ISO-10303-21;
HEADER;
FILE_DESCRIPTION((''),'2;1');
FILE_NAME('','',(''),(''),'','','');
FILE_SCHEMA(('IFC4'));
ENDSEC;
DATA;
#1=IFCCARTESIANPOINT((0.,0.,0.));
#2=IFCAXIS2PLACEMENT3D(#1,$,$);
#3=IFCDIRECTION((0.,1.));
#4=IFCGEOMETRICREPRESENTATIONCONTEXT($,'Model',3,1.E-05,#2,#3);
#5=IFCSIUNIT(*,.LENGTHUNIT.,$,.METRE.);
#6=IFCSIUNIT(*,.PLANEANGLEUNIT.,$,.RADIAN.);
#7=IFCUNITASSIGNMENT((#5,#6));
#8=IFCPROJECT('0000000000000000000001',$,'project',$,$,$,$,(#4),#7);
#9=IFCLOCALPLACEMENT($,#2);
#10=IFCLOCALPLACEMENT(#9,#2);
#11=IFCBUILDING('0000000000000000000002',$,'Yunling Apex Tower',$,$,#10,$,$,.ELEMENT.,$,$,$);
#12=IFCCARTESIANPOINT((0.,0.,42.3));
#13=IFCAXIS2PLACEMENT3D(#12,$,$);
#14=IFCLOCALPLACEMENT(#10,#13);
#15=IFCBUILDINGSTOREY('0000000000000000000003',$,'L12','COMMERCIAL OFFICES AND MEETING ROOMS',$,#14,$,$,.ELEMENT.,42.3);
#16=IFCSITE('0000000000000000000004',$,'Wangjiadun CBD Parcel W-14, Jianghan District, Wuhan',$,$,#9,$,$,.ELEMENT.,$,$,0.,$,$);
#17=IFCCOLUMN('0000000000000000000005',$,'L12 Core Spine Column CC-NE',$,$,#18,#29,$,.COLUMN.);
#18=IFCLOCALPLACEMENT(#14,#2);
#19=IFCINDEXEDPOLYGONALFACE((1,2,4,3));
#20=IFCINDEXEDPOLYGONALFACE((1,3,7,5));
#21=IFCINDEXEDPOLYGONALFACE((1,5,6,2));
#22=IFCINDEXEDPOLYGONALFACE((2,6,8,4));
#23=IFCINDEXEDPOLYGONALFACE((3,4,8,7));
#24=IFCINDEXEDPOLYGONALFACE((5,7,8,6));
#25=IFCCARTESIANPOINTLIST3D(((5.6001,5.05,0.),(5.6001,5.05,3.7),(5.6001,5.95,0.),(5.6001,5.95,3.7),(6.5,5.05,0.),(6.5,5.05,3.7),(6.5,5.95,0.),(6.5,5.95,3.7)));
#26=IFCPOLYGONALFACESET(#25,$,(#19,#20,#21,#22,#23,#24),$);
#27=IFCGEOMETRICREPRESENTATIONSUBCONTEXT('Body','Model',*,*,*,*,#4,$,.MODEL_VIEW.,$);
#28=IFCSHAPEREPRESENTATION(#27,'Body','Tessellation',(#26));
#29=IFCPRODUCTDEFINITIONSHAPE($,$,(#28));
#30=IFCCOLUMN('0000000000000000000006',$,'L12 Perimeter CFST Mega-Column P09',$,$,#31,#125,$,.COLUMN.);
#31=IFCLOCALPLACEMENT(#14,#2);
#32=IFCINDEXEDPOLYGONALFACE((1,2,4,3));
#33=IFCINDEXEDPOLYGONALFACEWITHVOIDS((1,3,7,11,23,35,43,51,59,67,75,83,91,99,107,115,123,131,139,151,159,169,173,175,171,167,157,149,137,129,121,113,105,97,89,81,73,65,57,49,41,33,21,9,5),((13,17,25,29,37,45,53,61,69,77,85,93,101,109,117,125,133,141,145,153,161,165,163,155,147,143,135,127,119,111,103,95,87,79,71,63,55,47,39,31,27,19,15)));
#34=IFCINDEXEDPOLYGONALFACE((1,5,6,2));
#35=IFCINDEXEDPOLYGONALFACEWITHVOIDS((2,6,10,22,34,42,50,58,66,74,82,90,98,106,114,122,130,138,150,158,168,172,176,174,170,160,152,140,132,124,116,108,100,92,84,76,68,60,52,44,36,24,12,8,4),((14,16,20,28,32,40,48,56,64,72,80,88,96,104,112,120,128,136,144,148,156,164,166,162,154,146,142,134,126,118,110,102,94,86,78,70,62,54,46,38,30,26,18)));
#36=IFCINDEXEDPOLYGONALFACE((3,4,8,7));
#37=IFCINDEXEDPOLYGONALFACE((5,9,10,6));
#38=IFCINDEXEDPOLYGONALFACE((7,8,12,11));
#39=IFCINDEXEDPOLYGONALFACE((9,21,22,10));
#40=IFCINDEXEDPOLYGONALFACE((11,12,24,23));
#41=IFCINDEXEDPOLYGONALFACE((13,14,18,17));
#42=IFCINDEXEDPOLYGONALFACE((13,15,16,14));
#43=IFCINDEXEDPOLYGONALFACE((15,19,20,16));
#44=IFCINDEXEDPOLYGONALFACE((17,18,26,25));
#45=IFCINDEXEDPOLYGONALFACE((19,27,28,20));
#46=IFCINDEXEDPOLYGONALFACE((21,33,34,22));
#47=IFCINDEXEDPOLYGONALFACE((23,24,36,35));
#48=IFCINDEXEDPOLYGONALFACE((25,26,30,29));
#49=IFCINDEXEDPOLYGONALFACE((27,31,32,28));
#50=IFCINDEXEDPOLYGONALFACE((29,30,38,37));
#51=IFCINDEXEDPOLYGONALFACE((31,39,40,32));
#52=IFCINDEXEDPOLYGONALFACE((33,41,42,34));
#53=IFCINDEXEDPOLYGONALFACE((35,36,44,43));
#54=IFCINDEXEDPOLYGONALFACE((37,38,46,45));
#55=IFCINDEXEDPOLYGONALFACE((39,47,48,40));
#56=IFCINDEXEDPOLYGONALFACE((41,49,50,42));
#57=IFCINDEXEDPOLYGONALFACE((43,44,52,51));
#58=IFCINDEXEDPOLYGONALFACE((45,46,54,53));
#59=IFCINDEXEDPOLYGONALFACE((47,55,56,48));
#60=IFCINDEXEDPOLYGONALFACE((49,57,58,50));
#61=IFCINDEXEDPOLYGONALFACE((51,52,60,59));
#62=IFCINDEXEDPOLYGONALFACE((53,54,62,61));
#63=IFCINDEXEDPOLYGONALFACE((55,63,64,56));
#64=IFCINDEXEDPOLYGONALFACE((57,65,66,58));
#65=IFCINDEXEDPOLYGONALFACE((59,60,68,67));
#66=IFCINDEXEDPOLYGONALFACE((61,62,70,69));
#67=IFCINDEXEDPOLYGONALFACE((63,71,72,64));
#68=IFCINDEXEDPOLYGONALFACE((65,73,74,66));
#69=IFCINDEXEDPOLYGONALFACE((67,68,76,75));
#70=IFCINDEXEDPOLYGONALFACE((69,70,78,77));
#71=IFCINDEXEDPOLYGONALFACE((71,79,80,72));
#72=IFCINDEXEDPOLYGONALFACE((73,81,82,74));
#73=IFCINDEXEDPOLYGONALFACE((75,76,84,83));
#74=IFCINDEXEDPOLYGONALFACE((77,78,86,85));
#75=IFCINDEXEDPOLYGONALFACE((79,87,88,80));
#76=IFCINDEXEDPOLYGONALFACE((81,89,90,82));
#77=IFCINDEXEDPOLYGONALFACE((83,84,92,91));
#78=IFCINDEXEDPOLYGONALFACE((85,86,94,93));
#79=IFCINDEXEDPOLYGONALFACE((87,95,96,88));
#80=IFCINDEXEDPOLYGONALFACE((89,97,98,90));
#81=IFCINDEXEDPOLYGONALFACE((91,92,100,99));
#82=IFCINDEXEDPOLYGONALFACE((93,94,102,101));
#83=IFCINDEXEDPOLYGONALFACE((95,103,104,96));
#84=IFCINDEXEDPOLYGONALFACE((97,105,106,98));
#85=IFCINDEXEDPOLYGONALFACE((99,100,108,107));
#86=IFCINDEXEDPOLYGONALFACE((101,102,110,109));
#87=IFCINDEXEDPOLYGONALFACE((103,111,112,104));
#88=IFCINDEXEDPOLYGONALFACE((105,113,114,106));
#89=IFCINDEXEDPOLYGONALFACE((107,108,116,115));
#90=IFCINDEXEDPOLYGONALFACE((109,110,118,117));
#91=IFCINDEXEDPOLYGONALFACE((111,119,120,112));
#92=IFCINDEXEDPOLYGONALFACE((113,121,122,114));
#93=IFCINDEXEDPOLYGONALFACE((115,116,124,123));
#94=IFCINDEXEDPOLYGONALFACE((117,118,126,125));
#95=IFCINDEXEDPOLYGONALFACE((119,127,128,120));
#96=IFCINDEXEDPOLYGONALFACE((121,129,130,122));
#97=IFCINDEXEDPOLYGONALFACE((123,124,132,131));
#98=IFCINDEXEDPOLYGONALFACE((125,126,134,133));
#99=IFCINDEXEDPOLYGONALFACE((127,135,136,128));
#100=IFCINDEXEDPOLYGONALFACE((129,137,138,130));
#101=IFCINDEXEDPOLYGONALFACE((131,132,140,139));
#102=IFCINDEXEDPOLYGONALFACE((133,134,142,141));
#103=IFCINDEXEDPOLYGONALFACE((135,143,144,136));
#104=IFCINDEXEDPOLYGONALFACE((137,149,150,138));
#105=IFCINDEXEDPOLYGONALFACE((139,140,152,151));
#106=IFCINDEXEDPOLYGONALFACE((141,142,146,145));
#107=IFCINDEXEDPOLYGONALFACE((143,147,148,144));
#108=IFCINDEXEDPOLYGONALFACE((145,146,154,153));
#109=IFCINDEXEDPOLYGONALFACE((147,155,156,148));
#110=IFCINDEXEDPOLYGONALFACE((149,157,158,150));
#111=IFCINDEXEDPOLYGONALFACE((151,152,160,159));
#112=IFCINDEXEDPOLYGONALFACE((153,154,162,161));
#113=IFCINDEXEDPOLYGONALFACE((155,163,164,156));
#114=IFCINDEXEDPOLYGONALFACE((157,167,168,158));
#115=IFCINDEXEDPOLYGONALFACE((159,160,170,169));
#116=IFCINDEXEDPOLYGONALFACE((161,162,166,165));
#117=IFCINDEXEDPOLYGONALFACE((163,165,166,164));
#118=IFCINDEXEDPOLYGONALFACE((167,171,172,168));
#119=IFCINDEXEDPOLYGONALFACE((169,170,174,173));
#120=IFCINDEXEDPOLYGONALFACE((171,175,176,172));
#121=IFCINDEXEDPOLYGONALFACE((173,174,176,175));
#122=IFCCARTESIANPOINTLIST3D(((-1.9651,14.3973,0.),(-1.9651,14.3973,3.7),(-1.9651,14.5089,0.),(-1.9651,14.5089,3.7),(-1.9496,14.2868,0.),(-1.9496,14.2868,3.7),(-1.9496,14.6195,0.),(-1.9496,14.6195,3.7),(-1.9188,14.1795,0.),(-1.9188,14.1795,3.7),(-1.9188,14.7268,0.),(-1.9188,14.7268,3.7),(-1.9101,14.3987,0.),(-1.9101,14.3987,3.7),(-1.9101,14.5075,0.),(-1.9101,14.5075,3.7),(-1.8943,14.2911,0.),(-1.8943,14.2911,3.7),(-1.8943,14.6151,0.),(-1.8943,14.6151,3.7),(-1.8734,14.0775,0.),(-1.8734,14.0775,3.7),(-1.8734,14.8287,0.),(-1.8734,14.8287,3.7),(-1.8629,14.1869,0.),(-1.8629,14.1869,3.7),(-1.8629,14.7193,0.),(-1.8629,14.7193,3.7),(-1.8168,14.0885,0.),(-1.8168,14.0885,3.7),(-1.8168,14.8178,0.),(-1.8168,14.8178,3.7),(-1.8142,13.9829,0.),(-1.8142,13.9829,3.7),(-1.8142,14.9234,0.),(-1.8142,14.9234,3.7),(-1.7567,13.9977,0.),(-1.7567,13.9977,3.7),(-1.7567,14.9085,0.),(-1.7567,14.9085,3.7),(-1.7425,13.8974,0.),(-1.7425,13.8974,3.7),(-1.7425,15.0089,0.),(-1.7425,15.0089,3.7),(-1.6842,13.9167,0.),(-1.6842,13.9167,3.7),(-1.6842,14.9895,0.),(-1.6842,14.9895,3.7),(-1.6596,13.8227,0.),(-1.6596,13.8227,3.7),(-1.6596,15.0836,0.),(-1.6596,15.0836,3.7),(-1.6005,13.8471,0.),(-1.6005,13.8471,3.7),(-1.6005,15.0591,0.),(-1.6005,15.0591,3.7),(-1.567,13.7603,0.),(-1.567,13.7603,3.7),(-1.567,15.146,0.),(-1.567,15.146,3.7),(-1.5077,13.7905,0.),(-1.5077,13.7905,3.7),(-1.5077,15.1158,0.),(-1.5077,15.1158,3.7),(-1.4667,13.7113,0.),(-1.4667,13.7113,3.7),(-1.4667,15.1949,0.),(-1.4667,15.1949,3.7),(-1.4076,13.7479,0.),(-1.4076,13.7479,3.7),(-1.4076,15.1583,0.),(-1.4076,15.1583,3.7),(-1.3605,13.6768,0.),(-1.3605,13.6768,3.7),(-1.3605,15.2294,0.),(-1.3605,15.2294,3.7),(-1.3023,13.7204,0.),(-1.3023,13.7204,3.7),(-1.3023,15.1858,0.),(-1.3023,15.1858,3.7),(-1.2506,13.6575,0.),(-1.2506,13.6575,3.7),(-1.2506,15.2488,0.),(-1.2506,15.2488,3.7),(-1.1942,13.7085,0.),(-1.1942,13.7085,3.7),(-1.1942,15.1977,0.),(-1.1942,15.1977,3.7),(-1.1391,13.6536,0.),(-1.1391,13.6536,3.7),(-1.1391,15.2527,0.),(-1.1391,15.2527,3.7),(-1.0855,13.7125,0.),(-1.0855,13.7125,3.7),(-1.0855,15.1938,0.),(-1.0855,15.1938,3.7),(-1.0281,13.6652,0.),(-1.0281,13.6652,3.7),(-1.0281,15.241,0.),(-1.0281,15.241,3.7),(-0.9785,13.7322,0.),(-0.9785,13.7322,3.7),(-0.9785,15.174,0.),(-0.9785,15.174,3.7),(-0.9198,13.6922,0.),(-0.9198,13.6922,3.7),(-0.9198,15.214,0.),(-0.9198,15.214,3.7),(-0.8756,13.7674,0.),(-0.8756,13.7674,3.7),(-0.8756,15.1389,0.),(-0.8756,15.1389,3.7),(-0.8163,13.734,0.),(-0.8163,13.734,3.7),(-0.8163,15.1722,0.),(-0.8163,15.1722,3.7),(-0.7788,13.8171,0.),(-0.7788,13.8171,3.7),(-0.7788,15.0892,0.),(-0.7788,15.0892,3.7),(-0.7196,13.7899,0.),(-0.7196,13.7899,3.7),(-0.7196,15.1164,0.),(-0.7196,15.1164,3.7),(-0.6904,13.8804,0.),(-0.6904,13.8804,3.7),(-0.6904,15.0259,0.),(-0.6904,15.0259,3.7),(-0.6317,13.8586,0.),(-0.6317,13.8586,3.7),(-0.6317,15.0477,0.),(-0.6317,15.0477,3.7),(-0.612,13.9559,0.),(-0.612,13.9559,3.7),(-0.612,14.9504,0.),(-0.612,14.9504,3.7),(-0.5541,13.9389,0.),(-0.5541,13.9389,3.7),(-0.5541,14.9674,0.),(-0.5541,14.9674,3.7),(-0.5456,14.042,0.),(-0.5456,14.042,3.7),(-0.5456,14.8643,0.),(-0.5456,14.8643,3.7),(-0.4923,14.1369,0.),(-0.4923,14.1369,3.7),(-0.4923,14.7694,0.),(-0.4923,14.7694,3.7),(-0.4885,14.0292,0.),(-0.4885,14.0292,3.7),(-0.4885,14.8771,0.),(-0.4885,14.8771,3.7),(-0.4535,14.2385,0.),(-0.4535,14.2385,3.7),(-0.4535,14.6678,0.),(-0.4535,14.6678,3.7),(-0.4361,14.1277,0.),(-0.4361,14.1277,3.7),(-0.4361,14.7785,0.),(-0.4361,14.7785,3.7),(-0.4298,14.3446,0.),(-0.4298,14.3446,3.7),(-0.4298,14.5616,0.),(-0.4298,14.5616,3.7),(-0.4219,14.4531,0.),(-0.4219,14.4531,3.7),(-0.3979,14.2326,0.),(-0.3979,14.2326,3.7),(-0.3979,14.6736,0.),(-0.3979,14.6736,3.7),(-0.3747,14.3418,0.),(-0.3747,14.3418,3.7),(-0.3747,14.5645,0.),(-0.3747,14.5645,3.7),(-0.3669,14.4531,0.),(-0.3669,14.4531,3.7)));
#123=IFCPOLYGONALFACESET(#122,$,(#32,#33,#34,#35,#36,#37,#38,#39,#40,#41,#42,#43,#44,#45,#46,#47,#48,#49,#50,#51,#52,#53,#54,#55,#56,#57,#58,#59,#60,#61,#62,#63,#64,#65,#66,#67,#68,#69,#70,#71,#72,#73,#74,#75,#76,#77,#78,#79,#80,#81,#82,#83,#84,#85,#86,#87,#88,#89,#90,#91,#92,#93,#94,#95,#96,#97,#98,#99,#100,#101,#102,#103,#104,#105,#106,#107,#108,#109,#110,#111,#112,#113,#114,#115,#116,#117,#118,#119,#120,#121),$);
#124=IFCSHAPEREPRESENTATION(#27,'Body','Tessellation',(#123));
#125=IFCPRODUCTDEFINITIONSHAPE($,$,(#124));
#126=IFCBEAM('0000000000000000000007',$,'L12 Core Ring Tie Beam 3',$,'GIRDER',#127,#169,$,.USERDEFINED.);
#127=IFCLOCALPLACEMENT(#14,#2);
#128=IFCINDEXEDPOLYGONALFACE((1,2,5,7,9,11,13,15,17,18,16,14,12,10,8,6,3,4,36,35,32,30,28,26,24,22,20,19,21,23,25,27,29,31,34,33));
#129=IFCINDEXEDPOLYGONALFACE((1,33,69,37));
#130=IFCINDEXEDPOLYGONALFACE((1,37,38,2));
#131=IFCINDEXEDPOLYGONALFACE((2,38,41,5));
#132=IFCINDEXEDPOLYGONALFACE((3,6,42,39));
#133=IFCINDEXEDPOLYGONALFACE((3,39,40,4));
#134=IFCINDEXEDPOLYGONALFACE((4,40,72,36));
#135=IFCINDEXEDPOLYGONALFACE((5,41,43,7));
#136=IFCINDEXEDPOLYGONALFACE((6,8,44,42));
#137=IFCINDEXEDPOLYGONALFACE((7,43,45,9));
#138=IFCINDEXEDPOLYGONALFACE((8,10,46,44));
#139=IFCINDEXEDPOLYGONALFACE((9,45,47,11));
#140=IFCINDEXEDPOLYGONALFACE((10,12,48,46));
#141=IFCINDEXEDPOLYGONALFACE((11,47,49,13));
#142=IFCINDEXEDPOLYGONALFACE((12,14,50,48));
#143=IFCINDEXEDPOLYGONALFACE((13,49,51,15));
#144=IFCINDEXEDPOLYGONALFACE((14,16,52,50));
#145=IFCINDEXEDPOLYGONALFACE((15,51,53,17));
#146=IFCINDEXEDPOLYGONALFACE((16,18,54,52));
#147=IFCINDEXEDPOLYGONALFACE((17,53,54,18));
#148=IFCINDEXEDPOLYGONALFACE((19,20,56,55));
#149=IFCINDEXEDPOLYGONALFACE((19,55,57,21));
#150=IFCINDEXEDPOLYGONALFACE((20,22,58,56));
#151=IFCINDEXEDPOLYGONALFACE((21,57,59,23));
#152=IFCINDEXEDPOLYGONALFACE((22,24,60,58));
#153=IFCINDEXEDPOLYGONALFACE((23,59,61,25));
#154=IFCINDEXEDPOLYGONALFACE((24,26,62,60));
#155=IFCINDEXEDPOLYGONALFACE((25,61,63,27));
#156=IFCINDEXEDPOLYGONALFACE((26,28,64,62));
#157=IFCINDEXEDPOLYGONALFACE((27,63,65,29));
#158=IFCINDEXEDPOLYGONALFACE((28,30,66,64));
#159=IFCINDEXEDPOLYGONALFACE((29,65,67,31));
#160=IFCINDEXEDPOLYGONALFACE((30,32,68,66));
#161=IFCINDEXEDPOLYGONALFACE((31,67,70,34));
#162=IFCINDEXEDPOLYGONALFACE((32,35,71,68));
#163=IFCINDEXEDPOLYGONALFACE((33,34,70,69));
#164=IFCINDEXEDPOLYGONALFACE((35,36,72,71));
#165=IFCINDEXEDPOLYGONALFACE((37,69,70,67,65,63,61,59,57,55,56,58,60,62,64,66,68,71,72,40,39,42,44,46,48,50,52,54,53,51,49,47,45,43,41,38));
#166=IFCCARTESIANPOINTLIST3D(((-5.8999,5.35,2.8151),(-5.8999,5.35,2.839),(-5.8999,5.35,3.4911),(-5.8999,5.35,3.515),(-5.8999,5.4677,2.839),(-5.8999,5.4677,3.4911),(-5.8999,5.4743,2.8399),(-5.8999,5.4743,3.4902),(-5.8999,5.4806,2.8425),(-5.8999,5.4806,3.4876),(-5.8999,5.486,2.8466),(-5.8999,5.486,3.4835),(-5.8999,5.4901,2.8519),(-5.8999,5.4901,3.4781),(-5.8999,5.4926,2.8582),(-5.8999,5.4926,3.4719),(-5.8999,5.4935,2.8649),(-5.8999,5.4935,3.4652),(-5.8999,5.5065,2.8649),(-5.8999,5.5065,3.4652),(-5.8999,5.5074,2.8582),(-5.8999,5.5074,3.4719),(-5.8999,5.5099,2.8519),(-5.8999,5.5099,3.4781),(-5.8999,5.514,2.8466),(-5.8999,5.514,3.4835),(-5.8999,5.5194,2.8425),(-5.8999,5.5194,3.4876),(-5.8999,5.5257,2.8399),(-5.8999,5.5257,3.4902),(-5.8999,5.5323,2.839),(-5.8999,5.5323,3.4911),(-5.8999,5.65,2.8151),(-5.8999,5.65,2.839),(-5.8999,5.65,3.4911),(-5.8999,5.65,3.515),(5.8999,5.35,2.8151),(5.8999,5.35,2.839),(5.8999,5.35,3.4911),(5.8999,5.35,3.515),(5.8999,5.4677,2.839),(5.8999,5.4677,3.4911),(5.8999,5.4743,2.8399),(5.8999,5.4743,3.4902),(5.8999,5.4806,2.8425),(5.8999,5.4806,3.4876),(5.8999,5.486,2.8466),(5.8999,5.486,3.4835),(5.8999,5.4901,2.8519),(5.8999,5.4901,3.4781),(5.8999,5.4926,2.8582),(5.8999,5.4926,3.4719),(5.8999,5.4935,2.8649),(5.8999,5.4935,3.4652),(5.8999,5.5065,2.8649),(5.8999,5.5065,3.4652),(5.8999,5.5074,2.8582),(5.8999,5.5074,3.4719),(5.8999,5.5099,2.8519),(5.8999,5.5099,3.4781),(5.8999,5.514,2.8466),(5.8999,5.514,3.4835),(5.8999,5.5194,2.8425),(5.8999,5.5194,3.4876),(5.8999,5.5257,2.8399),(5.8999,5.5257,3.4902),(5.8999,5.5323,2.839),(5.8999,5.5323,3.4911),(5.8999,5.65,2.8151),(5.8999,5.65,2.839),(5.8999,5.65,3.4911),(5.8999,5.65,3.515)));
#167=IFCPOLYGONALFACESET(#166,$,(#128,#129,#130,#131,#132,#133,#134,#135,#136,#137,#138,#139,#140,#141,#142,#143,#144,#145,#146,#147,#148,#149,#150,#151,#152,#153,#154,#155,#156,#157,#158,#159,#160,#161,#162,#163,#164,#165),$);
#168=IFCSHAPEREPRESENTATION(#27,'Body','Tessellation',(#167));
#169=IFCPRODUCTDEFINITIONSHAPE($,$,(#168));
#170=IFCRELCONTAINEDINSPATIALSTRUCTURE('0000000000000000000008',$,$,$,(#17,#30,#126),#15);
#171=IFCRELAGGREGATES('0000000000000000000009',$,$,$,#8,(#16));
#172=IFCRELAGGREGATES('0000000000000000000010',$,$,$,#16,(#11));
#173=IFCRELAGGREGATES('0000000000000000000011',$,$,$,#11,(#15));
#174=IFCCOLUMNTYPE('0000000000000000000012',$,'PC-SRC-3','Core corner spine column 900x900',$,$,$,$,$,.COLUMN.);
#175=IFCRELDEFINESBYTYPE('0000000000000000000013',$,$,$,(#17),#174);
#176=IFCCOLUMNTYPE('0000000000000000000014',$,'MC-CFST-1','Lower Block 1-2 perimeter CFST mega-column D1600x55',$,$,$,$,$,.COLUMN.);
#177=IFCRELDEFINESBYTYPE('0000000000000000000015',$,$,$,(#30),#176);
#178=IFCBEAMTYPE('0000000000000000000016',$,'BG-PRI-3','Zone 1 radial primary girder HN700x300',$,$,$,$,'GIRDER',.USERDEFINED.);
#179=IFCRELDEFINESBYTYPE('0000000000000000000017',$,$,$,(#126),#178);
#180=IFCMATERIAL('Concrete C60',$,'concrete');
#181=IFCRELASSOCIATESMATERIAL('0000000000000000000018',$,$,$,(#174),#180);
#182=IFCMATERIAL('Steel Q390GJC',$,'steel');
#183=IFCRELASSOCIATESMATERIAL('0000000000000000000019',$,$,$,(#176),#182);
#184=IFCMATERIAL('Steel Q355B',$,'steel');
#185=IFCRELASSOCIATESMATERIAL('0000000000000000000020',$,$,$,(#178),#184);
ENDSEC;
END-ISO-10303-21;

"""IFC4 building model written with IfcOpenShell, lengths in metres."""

from ifc_helpers import new_model, si_unit, direction, frame, origin, origin_2d, place, context, subcontext, project, spatial, rectangle, hollow_circle, i_section, extrude, source, transform, mapped, material, material_profile, profile_set, type_object, element, save


model = new_model("IFC4")

# Units and contexts
model_context = context("Model", 3, precision=1e-05, world=origin(), true_north=direction((0.0, 1.0)))
body_context = subcontext(model_context, "Body", "Model", "MODEL_VIEW")
ifc_project = project(units=[si_unit("LENGTHUNIT", "METRE"), si_unit("PLANEANGLEUNIT", "RADIAN")], contexts=[model_context])

# Site, building, storey
site_placement = place(None, origin())
site = spatial("IfcSite", under=ifc_project, at=site_placement, Name="Wangjiadun CBD Parcel W-14, Jianghan District, Wuhan", CompositionType="ELEMENT", RefElevation=0.0)
building_placement = place(site_placement, origin())
building = spatial("IfcBuilding", under=site, at=building_placement, Name="Yunling Apex Tower", CompositionType="ELEMENT")
storey_placement = place(building_placement, frame((0.0, 0.0, 42.3)))
storey = spatial("IfcBuildingStorey", under=building, at=storey_placement, Name="L12", Description="COMMERCIAL OFFICES AND MEETING ROOMS", CompositionType="ELEMENT", Elevation=42.3)

# Columns
ifc_material_1 = material(Name="Concrete C60", Category="concrete")
ifc_material_profile_1 = material_profile(ifc_material_1, rectangle(XDim=0.8999, YDim=0.8999, at=origin_2d()))
ifc_profile_set_1 = profile_set([ifc_material_profile_1], Name="Concrete C60")
column_type_1 = type_object("IfcColumnType", Name="PC-SRC-3", Description="Core corner spine column 900x900", PredefinedType="COLUMN", material=ifc_profile_set_1)
shared_shape_1 = source(origin(), body_context, "Body", "SweptSolid", [
    extrude(rectangle(XDim=0.8999, YDim=0.8999, at=origin_2d()), origin(), (0.0, 0.0, 1.0), 3.7),
])
column_1_placement = place(storey_placement, frame((6.05, 5.5, 0.0), z_axis=(0.0, 0.0, 1.0), x_axis=(1.0, 0.0, 0.0)))
element("IfcColumn", 1, at=column_1_placement, inside=storey, type_object=column_type_1, Name="L12 Core Spine Column CC-NE", PredefinedType="COLUMN", context=body_context, shape_type="MappedRepresentation", body=[
    mapped(shared_shape_1, transform((0.0, 0.0, 0.0), scale=1.0)),
])
ifc_material_2 = material(Name="Steel Q390GJC", Category="steel")
ifc_material_profile_2 = material_profile(ifc_material_2, hollow_circle(Radius=0.8, WallThickness=0.0549, at=origin_2d()))
ifc_profile_set_2 = profile_set([ifc_material_profile_2], Name="Steel Q390GJC")
column_type_2 = type_object("IfcColumnType", Name="MC-CFST-1", Description="Lower Block 1-2 perimeter CFST mega-column D1600x55", PredefinedType="COLUMN", material=ifc_profile_set_2)
shared_shape_2 = source(origin(), body_context, "Body", "SweptSolid", [
    extrude(hollow_circle(Radius=0.8, WallThickness=0.0549, at=origin_2d()), origin(), (0.0, 0.0, 1.0), 3.7),
])
column_2_placement = place(storey_placement, frame((-1.167, 14.4531, 0.0), z_axis=(0.0, 0.0, 1.0), x_axis=(1.0, 0.0, 0.0)))
element("IfcColumn", 2, at=column_2_placement, inside=storey, type_object=column_type_2, Name="L12 Perimeter CFST Mega-Column P09", PredefinedType="COLUMN", context=body_context, shape_type="MappedRepresentation", body=[
    mapped(shared_shape_2, transform((0.0, 0.0, 0.0), scale=1.0)),
])

# Beam
ifc_material_3 = material(Name="Steel Q355B", Category="steel")
ifc_material_profile_3 = material_profile(ifc_material_3, i_section(OverallWidth=0.3, OverallDepth=0.7, WebThickness=0.0129, FlangeThickness=0.0239, FilletRadius=0.0259, at=origin_2d()))
ifc_profile_set_3 = profile_set([ifc_material_profile_3], Name="Steel Q355B")
beam_type_1 = type_object("IfcBeamType", Name="BG-PRI-3", Description="Zone 1 radial primary girder HN700x300", ElementType="GIRDER", PredefinedType="USERDEFINED", material=ifc_profile_set_3)
shared_shape_3 = source(origin(), body_context, "Body", "SweptSolid", [
    extrude(i_section(OverallWidth=0.3, OverallDepth=0.7, WebThickness=0.0129, FlangeThickness=0.0239, FilletRadius=0.0259, at=origin_2d()), origin(), (0.0, 0.0, 1.0), 11.7998),
])
beam_1_placement = place(storey_placement, frame((5.8999, 5.5, 3.165), z_axis=(-1.0, 0.0, 0.0), x_axis=(0.0, -1.0, 0.0)))
element("IfcBeam", 3, at=beam_1_placement, inside=storey, type_object=beam_type_1, Name="L12 Core Ring Tie Beam 3", ObjectType="GIRDER", PredefinedType="USERDEFINED", context=body_context, shape_type="MappedRepresentation", body=[
    mapped(shared_shape_3, transform((0.0, 0.0, 0.0), scale=1.0)),
])

save(model, "model.ifc")
